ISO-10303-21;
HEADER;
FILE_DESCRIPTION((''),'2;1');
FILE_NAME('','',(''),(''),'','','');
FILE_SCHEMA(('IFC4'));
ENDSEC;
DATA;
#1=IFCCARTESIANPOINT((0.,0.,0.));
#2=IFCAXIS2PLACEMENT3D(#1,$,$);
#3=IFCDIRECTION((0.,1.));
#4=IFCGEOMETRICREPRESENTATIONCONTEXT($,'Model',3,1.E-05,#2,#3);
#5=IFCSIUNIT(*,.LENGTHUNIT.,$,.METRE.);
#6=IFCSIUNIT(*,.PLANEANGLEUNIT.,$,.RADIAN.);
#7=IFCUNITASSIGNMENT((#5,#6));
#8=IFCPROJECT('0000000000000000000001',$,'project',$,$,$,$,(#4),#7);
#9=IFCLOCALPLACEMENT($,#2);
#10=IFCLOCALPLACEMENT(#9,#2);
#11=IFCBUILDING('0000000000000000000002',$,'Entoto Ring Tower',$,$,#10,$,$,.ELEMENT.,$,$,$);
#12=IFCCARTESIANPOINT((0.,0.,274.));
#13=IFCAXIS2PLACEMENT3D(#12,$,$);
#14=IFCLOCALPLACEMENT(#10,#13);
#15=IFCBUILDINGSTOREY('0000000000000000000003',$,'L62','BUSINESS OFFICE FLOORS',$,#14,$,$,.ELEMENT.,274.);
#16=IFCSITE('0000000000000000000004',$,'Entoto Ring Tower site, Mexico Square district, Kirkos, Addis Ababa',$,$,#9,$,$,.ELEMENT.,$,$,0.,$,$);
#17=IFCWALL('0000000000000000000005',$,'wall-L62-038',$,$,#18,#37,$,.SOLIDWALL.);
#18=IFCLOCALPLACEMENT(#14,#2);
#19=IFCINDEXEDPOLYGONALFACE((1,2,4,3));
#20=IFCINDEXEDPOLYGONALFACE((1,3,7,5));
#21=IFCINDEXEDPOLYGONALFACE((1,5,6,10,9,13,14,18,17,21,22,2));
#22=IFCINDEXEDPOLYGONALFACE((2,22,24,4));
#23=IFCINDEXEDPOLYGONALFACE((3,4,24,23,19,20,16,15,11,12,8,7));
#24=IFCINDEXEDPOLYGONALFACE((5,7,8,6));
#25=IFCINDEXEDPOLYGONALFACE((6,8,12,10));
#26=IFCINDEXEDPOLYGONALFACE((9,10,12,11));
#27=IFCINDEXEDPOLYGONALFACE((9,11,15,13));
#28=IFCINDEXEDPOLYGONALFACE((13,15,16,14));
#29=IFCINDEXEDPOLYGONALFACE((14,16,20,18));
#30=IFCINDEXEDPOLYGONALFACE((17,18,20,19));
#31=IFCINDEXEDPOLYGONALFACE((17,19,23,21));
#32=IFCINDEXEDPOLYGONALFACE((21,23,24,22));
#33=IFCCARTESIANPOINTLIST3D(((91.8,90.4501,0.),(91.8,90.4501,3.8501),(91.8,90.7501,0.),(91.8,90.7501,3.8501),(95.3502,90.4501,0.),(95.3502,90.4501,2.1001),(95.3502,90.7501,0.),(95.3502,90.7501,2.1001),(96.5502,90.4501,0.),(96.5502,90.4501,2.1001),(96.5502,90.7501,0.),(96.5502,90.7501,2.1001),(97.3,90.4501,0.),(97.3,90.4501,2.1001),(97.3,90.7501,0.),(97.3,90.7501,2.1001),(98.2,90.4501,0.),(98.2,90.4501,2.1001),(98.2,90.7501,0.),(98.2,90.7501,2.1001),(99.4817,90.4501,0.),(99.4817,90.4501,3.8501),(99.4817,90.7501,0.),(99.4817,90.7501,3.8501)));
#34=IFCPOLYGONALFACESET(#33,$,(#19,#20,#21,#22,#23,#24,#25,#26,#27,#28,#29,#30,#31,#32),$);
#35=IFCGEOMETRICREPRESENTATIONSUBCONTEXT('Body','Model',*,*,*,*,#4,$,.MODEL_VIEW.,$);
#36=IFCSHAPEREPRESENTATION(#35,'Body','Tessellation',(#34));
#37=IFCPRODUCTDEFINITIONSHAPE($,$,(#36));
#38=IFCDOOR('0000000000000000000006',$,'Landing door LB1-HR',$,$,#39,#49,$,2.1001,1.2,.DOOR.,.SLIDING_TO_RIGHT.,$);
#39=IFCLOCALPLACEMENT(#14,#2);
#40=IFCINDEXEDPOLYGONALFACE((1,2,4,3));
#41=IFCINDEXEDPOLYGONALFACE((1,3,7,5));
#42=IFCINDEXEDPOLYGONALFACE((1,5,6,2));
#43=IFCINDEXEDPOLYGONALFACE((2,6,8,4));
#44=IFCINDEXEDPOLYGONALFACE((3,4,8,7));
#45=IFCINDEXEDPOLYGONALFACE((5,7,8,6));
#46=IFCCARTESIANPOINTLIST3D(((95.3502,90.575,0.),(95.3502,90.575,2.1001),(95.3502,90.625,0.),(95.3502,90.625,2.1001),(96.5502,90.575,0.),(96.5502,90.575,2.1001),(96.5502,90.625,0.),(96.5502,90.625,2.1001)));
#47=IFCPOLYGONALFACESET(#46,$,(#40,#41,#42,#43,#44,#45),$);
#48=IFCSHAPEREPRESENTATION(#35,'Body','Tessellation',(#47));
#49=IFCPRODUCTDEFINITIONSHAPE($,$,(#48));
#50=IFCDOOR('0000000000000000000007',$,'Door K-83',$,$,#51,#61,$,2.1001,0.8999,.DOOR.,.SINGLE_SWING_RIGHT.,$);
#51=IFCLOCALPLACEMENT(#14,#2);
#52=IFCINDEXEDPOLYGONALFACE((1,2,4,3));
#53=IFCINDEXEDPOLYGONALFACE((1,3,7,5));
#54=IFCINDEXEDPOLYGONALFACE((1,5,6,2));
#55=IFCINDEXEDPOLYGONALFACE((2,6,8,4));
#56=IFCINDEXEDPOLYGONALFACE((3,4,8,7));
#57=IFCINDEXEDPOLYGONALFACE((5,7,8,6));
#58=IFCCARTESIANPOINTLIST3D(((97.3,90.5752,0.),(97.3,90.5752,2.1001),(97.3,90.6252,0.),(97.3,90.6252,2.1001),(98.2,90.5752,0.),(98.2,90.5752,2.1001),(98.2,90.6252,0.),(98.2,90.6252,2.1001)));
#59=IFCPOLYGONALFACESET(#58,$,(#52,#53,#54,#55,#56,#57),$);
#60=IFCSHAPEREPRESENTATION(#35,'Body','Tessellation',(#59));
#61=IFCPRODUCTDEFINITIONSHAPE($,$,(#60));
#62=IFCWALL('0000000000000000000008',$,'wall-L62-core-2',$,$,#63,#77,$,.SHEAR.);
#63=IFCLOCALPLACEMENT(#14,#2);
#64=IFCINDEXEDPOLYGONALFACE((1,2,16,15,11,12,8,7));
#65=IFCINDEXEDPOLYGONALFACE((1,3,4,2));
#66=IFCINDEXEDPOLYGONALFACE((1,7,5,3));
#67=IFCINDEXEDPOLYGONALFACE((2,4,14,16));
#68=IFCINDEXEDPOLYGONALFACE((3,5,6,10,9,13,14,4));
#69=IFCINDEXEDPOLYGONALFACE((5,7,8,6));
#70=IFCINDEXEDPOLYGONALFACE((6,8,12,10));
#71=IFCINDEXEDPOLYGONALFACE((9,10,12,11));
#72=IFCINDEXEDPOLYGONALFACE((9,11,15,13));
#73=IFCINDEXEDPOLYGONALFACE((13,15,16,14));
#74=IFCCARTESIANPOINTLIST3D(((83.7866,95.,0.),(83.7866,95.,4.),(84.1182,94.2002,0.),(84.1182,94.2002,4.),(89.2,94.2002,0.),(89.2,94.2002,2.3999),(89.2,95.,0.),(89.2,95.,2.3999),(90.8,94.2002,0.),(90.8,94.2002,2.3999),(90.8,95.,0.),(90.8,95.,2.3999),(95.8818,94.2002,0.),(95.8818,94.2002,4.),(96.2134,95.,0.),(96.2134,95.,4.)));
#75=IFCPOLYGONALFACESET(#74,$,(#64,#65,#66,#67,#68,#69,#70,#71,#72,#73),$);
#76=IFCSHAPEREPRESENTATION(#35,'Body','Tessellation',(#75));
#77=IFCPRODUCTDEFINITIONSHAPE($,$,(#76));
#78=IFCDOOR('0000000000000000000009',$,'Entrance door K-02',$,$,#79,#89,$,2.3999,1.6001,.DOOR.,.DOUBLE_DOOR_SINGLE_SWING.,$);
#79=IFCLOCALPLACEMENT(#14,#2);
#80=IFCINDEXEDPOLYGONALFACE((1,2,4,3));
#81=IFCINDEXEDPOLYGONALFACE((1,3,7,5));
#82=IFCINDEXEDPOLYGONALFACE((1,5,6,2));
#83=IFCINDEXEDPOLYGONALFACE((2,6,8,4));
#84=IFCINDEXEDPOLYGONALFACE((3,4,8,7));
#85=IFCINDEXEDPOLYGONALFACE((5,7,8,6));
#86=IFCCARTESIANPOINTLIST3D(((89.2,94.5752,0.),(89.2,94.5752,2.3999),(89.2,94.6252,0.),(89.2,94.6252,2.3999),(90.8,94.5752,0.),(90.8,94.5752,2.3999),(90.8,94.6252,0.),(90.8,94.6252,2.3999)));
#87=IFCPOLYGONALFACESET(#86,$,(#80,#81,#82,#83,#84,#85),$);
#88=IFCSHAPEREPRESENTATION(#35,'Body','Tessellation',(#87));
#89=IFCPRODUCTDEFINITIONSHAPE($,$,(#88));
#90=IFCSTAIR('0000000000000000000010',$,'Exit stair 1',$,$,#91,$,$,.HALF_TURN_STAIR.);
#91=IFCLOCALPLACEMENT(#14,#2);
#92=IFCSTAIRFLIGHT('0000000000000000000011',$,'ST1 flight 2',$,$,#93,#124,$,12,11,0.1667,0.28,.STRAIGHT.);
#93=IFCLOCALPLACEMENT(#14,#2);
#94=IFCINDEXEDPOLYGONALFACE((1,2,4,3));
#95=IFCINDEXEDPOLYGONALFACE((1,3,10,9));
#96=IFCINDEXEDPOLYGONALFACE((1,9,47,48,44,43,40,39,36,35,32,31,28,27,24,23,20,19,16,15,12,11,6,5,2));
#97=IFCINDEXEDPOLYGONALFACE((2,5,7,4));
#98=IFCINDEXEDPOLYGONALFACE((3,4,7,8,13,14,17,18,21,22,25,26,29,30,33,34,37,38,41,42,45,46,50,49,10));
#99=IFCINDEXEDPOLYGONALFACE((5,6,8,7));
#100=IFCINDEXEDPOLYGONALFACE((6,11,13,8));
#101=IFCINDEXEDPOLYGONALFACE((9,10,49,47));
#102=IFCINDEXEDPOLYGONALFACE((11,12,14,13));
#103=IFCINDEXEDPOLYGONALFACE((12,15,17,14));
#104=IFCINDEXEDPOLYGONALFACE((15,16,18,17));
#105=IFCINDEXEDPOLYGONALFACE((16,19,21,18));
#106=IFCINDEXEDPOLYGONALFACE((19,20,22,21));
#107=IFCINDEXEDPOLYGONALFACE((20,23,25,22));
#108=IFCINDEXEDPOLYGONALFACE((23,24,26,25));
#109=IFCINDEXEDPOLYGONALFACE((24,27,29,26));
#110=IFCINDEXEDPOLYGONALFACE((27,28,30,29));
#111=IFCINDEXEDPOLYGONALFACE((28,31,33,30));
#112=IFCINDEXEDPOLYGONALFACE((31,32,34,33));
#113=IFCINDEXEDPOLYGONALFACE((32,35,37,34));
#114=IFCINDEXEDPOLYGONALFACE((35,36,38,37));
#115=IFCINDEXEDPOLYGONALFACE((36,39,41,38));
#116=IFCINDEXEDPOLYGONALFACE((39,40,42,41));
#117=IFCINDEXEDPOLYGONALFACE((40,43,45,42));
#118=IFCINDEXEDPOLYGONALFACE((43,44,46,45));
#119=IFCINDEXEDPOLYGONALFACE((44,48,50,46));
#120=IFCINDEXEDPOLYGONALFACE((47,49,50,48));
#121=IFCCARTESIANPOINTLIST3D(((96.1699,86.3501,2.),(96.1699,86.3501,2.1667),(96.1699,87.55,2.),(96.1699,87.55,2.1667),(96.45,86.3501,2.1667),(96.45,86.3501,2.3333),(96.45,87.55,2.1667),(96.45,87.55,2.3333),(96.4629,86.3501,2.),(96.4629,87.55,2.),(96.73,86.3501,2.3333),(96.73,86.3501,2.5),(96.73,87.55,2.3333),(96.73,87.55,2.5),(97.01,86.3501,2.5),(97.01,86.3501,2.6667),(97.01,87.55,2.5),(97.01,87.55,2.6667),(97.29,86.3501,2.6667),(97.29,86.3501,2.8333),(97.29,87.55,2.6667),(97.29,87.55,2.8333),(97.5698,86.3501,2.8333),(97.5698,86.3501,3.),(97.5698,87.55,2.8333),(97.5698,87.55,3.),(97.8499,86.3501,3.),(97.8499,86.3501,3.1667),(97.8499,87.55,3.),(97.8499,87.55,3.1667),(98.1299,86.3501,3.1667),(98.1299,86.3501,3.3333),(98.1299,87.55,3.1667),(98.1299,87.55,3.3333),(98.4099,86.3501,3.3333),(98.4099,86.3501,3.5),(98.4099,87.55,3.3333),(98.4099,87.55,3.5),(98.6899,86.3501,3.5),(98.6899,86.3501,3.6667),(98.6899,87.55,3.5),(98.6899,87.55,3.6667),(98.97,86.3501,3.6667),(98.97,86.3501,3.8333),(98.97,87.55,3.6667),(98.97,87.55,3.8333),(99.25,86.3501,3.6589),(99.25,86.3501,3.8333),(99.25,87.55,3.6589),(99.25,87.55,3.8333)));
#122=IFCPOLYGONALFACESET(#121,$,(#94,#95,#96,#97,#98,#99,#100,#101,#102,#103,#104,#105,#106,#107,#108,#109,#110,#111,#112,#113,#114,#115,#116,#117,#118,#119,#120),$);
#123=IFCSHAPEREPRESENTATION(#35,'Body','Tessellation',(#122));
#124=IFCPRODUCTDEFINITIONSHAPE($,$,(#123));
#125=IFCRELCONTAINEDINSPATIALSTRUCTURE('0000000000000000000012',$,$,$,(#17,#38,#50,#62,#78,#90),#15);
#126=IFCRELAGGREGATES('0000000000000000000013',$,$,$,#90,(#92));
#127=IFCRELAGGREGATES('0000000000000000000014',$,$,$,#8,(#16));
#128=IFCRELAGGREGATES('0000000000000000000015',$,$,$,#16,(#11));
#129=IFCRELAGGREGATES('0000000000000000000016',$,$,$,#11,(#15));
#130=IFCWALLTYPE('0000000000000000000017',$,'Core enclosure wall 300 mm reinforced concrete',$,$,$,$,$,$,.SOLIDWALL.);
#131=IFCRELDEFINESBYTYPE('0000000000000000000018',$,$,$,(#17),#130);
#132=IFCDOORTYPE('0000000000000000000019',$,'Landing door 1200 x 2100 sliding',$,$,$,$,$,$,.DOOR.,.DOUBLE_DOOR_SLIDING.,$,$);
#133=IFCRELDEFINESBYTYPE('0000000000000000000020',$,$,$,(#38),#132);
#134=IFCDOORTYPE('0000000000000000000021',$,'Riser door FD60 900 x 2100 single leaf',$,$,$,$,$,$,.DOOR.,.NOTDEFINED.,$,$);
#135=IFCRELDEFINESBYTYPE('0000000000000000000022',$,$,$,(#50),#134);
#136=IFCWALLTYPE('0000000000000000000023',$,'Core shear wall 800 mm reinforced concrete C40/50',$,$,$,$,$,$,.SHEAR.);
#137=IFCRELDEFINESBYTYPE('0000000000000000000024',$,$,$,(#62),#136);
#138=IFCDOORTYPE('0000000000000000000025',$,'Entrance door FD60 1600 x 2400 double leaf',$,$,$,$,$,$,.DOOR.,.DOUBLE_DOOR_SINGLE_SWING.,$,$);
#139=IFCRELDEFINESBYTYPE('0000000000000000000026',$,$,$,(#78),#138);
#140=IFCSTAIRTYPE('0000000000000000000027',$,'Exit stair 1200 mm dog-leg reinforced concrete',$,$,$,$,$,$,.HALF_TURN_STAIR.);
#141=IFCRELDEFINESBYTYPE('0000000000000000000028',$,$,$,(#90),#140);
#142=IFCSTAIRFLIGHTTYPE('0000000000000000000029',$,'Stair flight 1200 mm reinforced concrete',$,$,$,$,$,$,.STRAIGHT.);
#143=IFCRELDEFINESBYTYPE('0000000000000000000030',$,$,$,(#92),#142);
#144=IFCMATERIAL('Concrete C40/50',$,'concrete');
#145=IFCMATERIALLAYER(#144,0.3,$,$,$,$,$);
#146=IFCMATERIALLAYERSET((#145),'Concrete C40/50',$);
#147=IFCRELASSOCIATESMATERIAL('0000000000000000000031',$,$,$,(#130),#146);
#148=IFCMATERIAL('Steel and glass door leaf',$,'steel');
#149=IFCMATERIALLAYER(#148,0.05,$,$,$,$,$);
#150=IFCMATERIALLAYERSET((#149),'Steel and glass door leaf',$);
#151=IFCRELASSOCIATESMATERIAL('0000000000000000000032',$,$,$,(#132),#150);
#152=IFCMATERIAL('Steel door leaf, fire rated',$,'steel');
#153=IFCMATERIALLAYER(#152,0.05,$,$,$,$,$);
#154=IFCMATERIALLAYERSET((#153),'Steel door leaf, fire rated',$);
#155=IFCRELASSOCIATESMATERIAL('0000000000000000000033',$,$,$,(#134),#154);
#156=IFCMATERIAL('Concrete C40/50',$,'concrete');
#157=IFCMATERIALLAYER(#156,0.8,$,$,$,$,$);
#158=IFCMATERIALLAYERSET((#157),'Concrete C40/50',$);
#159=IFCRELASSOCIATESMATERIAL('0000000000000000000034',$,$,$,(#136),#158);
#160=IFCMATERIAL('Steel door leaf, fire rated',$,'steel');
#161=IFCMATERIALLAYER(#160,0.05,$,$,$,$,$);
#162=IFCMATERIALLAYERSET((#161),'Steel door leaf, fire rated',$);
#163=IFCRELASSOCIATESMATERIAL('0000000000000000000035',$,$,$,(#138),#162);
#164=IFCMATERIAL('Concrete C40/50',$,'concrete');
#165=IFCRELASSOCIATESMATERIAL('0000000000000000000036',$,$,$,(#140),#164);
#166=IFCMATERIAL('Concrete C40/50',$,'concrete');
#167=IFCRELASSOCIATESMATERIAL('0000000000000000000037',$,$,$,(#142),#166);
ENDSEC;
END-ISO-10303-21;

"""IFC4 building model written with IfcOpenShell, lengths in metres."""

from ifc_helpers import new_model, si_unit, direction, frame, frame_2d, origin, place, context, subcontext, project, spatial, polyline, rectangle, outline, extrude, material, layer, layer_set, type_object, element, fill, aggregate, save


model = new_model("IFC4")

# Units and contexts
model_context = context("Model", 3, precision=1e-05, world=origin(), true_north=direction((0.0, 1.0)))
body_context = subcontext(model_context, "Body", "Model", "MODEL_VIEW")
ifc_project = project(units=[si_unit("LENGTHUNIT", "METRE"), si_unit("PLANEANGLEUNIT", "RADIAN")], contexts=[model_context])

# Site, building, storey
site_placement = place(None, origin())
site = spatial("IfcSite", under=ifc_project, at=site_placement, Name="Entoto Ring Tower site, Mexico Square district, Kirkos, Addis Ababa", CompositionType="ELEMENT", RefElevation=0.0)
building_placement = place(site_placement, origin())
building = spatial("IfcBuilding", under=site, at=building_placement, Name="Entoto Ring Tower", CompositionType="ELEMENT")
storey_placement = place(building_placement, frame((0.0, 0.0, 274.0)))
storey = spatial("IfcBuildingStorey", under=building, at=storey_placement, Name="L62", Description="BUSINESS OFFICE FLOORS", CompositionType="ELEMENT", Elevation=274.0)

# Shared definitions
ifc_material_1 = material(Name="Concrete C40/50", Category="concrete")
ifc_layer_1 = layer(ifc_material_1, 0.3)
ifc_layer_set_1 = layer_set([ifc_layer_1], Name="Concrete C40/50")
wall_type_1 = type_object("IfcWallType", Name="Core enclosure wall 300 mm reinforced concrete", PredefinedType="SOLIDWALL", material=ifc_layer_set_1)

# Shared definitions
ifc_material_2 = material(Name="Steel and glass door leaf", Category="steel")
ifc_layer_2 = layer(ifc_material_2, 0.05)
ifc_layer_set_2 = layer_set([ifc_layer_2], Name="Steel and glass door leaf")
door_type_1 = type_object("IfcDoorType", Name="Landing door 1200 x 2100 sliding", OperationType="DOUBLE_DOOR_SLIDING", PredefinedType="DOOR", material=ifc_layer_set_2)

# Wall, openings, doors
wall_1_placement = place(storey_placement, frame((91.8, 90.6001, 0.0), z_axis=(0.0, 0.0, 1.0), x_axis=(1.0, 0.0, 0.0)))
wall_1 = element("IfcWall", 1, at=wall_1_placement, inside=storey, type_object=wall_type_1, Name="wall-L62-038", PredefinedType="SOLIDWALL", context=body_context, shape_type="SweptSolid", body=[
    extrude(rectangle(XDim=7.6816, YDim=0.3, at=frame_2d((3.8408, 0.0))), origin(), (0.0, 0.0, 1.0), 3.8501),
])
opening_1_placement = place(wall_1_placement, frame((3.55, 0.0, 0.0)))
opening_1 = element("IfcOpeningElement", 2, at=opening_1_placement, cuts=wall_1, PredefinedType="OPENING", context=body_context, shape_type="SweptSolid", body=[
    extrude(rectangle(XDim=1.2, YDim=2.1001, at=frame_2d((0.6001, 1.05))), frame((0.0, 0.1602, 0.0), z_axis=(0.0, -1.0, 0.0), x_axis=(1.0, 0.0, 0.0)), (0.0, 0.0, 1.0), 0.3201),
])
opening_2_placement = place(wall_1_placement, frame((5.5, 0.0, 0.0)))
opening_2 = element("IfcOpeningElement", 3, at=opening_2_placement, cuts=wall_1, PredefinedType="OPENING", context=body_context, shape_type="SweptSolid", body=[
    extrude(rectangle(XDim=0.8999, YDim=2.1001, at=frame_2d((0.45, 1.05))), frame((0.0, 0.1602, 0.0), z_axis=(0.0, -1.0, 0.0), x_axis=(1.0, 0.0, 0.0)), (0.0, 0.0, 1.0), 0.3201),
])
door_1_placement = place(opening_1_placement, origin())
door_1 = element("IfcDoor", 4, at=door_1_placement, inside=storey, type_object=door_type_1, Name="Landing door LB1-HR", OperationType="SLIDING_TO_RIGHT", OverallHeight=2.1001, OverallWidth=1.2, PredefinedType="DOOR", context=body_context, shape_type="SweptSolid", body=[
    extrude(rectangle(XDim=1.2, YDim=2.1001, at=frame_2d((0.6001, 1.05))), frame((0.0, 0.0249, 0.0), z_axis=(0.0, -1.0, 0.0), x_axis=(1.0, 0.0, 0.0)), (0.0, 0.0, 1.0), 0.05),
])
fill(opening_1, door_1)
ifc_material_3 = material(Name="Steel door leaf, fire rated", Category="steel")
ifc_layer_3 = layer(ifc_material_3, 0.05)
ifc_layer_set_3 = layer_set([ifc_layer_3], Name="Steel door leaf, fire rated")
door_type_2 = type_object("IfcDoorType", Name="Riser door FD60 900 x 2100 single leaf", OperationType="NOTDEFINED", PredefinedType="DOOR", material=ifc_layer_set_3)
door_2_placement = place(opening_2_placement, frame((0.8999, 0.0, 0.0), z_axis=(0.0, 0.0, 1.0), x_axis=(-1.0, 0.0, 0.0)))
door_2 = element("IfcDoor", 5, at=door_2_placement, inside=storey, type_object=door_type_2, Name="Door K-83", OperationType="SINGLE_SWING_RIGHT", OverallHeight=2.1001, OverallWidth=0.8999, PredefinedType="DOOR", context=body_context, shape_type="SweptSolid", body=[
    extrude(rectangle(XDim=0.8999, YDim=2.1001, at=frame_2d((0.45, 1.05))), frame((0.0, 0.0249, 0.0), z_axis=(0.0, -1.0, 0.0), x_axis=(1.0, 0.0, 0.0)), (0.0, 0.0, 1.0), 0.05),
])
fill(opening_2, door_2)

# Wall, opening, door
ifc_material_4 = material(Name="Concrete C40/50", Category="concrete")
ifc_layer_4 = layer(ifc_material_4, 0.8)
ifc_layer_set_4 = layer_set([ifc_layer_4], Name="Concrete C40/50")
wall_type_2 = type_object("IfcWallType", Name="Core shear wall 800 mm reinforced concrete C40/50", PredefinedType="SHEAR", material=ifc_layer_set_4)
wall_2_placement = place(storey_placement, frame((96.0476, 94.6001, 0.0), z_axis=(0.0, 0.0, 1.0), x_axis=(-1.0, 0.0, 0.0)))
wall_2 = element("IfcWall", 6, at=wall_2_placement, inside=storey, type_object=wall_type_2, Name="wall-L62-core-2", PredefinedType="SHEAR", context=body_context, shape_type="SweptSolid", body=[
    extrude(outline(polyline([(-0.1658, -0.3999), (12.261, -0.3999), (11.9294, 0.3999), (0.1658, 0.3999), (-0.1658, -0.3999)])), origin(), (0.0, 0.0, 1.0), 4.0),
])
opening_3_placement = place(wall_2_placement, frame((5.2476, 0.0, 0.0)))
opening_3 = element("IfcOpeningElement", 7, at=opening_3_placement, cuts=wall_2, PredefinedType="OPENING", context=body_context, shape_type="SweptSolid", body=[
    extrude(rectangle(XDim=1.6001, YDim=2.3999, at=frame_2d((0.8, 1.2))), frame((0.0, 0.4102, 0.0), z_axis=(0.0, -1.0, 0.0), x_axis=(1.0, 0.0, 0.0)), (0.0, 0.0, 1.0), 0.8201),
])
ifc_material_5 = material(Name="Steel door leaf, fire rated", Category="steel")
ifc_layer_5 = layer(ifc_material_5, 0.05)
ifc_layer_set_5 = layer_set([ifc_layer_5], Name="Steel door leaf, fire rated")
door_type_3 = type_object("IfcDoorType", Name="Entrance door FD60 1600 x 2400 double leaf", OperationType="DOUBLE_DOOR_SINGLE_SWING", PredefinedType="DOOR", material=ifc_layer_set_5)
door_3_placement = place(opening_3_placement, origin())
door_3 = element("IfcDoor", 8, at=door_3_placement, inside=storey, type_object=door_type_3, Name="Entrance door K-02", OperationType="DOUBLE_DOOR_SINGLE_SWING", OverallHeight=2.3999, OverallWidth=1.6001, PredefinedType="DOOR", context=body_context, shape_type="SweptSolid", body=[
    extrude(rectangle(XDim=1.6001, YDim=2.3999, at=frame_2d((0.8, 1.2))), frame((0.0, 0.0249, 0.0), z_axis=(0.0, -1.0, 0.0), x_axis=(1.0, 0.0, 0.0)), (0.0, 0.0, 1.0), 0.05),
])
fill(opening_3, door_3)

# Stair, stair flight
ifc_material_6 = material(Name="Concrete C40/50", Category="concrete")
stair_type = type_object("IfcStairType", Name="Exit stair 1200 mm dog-leg reinforced concrete", PredefinedType="HALF_TURN_STAIR", material=ifc_material_6)
stair_placement = place(storey_placement, origin())
stair = element("IfcStair", 9, at=stair_placement, inside=storey, type_object=stair_type, Name="Exit stair 1", PredefinedType="HALF_TURN_STAIR")
ifc_material_7 = material(Name="Concrete C40/50", Category="concrete")
stair_flight_type = type_object("IfcStairFlightType", Name="Stair flight 1200 mm reinforced concrete", PredefinedType="STRAIGHT", material=ifc_material_7)
stair_flight_placement = place(storey_placement, frame((96.1699, 86.95, 2.0), z_axis=(0.0, 0.0, 1.0), x_axis=(1.0, 0.0, 0.0)))
stair_flight = element("IfcStairFlight", 10, at=stair_flight_placement, type_object=stair_flight_type, Name="ST1 flight 2", NumberOfRisers=12, NumberOfTreads=11, PredefinedType="STRAIGHT", RiserHeight=0.1667, TreadLength=0.28, context=body_context, shape_type="SweptSolid", body=[
    extrude(outline(polyline([(0.0, 0.0), (0.0, 0.1667), (0.28, 0.1667), (0.28, 0.3333), (0.5601, 0.3333), (0.5601, 0.5), (0.8401, 0.5), (0.8401, 0.6667), (1.1201, 0.6667), (1.1201, 0.8333), (1.3999, 0.8333), (1.3999, 1.0), (1.6799, 1.0), (1.6799, 1.1667), (1.96, 1.1667), (1.96, 1.3333), (2.24, 1.3333), (2.24, 1.5), (2.52, 1.5), (2.52, 1.6667), (2.8, 1.6667), (2.8, 1.8333), (3.0801, 1.8333), (3.0801, 2.0), (3.0801, 1.6589), (0.293, 0.0), (0.0, 0.0)])), frame((0.0, 0.6001, 0.0), z_axis=(0.0, -1.0, 0.0), x_axis=(1.0, 0.0, 0.0)), (0.0, 0.0, 1.0), 1.2),
])
aggregate(stair, [stair_flight])

save(model, "model.ifc")
